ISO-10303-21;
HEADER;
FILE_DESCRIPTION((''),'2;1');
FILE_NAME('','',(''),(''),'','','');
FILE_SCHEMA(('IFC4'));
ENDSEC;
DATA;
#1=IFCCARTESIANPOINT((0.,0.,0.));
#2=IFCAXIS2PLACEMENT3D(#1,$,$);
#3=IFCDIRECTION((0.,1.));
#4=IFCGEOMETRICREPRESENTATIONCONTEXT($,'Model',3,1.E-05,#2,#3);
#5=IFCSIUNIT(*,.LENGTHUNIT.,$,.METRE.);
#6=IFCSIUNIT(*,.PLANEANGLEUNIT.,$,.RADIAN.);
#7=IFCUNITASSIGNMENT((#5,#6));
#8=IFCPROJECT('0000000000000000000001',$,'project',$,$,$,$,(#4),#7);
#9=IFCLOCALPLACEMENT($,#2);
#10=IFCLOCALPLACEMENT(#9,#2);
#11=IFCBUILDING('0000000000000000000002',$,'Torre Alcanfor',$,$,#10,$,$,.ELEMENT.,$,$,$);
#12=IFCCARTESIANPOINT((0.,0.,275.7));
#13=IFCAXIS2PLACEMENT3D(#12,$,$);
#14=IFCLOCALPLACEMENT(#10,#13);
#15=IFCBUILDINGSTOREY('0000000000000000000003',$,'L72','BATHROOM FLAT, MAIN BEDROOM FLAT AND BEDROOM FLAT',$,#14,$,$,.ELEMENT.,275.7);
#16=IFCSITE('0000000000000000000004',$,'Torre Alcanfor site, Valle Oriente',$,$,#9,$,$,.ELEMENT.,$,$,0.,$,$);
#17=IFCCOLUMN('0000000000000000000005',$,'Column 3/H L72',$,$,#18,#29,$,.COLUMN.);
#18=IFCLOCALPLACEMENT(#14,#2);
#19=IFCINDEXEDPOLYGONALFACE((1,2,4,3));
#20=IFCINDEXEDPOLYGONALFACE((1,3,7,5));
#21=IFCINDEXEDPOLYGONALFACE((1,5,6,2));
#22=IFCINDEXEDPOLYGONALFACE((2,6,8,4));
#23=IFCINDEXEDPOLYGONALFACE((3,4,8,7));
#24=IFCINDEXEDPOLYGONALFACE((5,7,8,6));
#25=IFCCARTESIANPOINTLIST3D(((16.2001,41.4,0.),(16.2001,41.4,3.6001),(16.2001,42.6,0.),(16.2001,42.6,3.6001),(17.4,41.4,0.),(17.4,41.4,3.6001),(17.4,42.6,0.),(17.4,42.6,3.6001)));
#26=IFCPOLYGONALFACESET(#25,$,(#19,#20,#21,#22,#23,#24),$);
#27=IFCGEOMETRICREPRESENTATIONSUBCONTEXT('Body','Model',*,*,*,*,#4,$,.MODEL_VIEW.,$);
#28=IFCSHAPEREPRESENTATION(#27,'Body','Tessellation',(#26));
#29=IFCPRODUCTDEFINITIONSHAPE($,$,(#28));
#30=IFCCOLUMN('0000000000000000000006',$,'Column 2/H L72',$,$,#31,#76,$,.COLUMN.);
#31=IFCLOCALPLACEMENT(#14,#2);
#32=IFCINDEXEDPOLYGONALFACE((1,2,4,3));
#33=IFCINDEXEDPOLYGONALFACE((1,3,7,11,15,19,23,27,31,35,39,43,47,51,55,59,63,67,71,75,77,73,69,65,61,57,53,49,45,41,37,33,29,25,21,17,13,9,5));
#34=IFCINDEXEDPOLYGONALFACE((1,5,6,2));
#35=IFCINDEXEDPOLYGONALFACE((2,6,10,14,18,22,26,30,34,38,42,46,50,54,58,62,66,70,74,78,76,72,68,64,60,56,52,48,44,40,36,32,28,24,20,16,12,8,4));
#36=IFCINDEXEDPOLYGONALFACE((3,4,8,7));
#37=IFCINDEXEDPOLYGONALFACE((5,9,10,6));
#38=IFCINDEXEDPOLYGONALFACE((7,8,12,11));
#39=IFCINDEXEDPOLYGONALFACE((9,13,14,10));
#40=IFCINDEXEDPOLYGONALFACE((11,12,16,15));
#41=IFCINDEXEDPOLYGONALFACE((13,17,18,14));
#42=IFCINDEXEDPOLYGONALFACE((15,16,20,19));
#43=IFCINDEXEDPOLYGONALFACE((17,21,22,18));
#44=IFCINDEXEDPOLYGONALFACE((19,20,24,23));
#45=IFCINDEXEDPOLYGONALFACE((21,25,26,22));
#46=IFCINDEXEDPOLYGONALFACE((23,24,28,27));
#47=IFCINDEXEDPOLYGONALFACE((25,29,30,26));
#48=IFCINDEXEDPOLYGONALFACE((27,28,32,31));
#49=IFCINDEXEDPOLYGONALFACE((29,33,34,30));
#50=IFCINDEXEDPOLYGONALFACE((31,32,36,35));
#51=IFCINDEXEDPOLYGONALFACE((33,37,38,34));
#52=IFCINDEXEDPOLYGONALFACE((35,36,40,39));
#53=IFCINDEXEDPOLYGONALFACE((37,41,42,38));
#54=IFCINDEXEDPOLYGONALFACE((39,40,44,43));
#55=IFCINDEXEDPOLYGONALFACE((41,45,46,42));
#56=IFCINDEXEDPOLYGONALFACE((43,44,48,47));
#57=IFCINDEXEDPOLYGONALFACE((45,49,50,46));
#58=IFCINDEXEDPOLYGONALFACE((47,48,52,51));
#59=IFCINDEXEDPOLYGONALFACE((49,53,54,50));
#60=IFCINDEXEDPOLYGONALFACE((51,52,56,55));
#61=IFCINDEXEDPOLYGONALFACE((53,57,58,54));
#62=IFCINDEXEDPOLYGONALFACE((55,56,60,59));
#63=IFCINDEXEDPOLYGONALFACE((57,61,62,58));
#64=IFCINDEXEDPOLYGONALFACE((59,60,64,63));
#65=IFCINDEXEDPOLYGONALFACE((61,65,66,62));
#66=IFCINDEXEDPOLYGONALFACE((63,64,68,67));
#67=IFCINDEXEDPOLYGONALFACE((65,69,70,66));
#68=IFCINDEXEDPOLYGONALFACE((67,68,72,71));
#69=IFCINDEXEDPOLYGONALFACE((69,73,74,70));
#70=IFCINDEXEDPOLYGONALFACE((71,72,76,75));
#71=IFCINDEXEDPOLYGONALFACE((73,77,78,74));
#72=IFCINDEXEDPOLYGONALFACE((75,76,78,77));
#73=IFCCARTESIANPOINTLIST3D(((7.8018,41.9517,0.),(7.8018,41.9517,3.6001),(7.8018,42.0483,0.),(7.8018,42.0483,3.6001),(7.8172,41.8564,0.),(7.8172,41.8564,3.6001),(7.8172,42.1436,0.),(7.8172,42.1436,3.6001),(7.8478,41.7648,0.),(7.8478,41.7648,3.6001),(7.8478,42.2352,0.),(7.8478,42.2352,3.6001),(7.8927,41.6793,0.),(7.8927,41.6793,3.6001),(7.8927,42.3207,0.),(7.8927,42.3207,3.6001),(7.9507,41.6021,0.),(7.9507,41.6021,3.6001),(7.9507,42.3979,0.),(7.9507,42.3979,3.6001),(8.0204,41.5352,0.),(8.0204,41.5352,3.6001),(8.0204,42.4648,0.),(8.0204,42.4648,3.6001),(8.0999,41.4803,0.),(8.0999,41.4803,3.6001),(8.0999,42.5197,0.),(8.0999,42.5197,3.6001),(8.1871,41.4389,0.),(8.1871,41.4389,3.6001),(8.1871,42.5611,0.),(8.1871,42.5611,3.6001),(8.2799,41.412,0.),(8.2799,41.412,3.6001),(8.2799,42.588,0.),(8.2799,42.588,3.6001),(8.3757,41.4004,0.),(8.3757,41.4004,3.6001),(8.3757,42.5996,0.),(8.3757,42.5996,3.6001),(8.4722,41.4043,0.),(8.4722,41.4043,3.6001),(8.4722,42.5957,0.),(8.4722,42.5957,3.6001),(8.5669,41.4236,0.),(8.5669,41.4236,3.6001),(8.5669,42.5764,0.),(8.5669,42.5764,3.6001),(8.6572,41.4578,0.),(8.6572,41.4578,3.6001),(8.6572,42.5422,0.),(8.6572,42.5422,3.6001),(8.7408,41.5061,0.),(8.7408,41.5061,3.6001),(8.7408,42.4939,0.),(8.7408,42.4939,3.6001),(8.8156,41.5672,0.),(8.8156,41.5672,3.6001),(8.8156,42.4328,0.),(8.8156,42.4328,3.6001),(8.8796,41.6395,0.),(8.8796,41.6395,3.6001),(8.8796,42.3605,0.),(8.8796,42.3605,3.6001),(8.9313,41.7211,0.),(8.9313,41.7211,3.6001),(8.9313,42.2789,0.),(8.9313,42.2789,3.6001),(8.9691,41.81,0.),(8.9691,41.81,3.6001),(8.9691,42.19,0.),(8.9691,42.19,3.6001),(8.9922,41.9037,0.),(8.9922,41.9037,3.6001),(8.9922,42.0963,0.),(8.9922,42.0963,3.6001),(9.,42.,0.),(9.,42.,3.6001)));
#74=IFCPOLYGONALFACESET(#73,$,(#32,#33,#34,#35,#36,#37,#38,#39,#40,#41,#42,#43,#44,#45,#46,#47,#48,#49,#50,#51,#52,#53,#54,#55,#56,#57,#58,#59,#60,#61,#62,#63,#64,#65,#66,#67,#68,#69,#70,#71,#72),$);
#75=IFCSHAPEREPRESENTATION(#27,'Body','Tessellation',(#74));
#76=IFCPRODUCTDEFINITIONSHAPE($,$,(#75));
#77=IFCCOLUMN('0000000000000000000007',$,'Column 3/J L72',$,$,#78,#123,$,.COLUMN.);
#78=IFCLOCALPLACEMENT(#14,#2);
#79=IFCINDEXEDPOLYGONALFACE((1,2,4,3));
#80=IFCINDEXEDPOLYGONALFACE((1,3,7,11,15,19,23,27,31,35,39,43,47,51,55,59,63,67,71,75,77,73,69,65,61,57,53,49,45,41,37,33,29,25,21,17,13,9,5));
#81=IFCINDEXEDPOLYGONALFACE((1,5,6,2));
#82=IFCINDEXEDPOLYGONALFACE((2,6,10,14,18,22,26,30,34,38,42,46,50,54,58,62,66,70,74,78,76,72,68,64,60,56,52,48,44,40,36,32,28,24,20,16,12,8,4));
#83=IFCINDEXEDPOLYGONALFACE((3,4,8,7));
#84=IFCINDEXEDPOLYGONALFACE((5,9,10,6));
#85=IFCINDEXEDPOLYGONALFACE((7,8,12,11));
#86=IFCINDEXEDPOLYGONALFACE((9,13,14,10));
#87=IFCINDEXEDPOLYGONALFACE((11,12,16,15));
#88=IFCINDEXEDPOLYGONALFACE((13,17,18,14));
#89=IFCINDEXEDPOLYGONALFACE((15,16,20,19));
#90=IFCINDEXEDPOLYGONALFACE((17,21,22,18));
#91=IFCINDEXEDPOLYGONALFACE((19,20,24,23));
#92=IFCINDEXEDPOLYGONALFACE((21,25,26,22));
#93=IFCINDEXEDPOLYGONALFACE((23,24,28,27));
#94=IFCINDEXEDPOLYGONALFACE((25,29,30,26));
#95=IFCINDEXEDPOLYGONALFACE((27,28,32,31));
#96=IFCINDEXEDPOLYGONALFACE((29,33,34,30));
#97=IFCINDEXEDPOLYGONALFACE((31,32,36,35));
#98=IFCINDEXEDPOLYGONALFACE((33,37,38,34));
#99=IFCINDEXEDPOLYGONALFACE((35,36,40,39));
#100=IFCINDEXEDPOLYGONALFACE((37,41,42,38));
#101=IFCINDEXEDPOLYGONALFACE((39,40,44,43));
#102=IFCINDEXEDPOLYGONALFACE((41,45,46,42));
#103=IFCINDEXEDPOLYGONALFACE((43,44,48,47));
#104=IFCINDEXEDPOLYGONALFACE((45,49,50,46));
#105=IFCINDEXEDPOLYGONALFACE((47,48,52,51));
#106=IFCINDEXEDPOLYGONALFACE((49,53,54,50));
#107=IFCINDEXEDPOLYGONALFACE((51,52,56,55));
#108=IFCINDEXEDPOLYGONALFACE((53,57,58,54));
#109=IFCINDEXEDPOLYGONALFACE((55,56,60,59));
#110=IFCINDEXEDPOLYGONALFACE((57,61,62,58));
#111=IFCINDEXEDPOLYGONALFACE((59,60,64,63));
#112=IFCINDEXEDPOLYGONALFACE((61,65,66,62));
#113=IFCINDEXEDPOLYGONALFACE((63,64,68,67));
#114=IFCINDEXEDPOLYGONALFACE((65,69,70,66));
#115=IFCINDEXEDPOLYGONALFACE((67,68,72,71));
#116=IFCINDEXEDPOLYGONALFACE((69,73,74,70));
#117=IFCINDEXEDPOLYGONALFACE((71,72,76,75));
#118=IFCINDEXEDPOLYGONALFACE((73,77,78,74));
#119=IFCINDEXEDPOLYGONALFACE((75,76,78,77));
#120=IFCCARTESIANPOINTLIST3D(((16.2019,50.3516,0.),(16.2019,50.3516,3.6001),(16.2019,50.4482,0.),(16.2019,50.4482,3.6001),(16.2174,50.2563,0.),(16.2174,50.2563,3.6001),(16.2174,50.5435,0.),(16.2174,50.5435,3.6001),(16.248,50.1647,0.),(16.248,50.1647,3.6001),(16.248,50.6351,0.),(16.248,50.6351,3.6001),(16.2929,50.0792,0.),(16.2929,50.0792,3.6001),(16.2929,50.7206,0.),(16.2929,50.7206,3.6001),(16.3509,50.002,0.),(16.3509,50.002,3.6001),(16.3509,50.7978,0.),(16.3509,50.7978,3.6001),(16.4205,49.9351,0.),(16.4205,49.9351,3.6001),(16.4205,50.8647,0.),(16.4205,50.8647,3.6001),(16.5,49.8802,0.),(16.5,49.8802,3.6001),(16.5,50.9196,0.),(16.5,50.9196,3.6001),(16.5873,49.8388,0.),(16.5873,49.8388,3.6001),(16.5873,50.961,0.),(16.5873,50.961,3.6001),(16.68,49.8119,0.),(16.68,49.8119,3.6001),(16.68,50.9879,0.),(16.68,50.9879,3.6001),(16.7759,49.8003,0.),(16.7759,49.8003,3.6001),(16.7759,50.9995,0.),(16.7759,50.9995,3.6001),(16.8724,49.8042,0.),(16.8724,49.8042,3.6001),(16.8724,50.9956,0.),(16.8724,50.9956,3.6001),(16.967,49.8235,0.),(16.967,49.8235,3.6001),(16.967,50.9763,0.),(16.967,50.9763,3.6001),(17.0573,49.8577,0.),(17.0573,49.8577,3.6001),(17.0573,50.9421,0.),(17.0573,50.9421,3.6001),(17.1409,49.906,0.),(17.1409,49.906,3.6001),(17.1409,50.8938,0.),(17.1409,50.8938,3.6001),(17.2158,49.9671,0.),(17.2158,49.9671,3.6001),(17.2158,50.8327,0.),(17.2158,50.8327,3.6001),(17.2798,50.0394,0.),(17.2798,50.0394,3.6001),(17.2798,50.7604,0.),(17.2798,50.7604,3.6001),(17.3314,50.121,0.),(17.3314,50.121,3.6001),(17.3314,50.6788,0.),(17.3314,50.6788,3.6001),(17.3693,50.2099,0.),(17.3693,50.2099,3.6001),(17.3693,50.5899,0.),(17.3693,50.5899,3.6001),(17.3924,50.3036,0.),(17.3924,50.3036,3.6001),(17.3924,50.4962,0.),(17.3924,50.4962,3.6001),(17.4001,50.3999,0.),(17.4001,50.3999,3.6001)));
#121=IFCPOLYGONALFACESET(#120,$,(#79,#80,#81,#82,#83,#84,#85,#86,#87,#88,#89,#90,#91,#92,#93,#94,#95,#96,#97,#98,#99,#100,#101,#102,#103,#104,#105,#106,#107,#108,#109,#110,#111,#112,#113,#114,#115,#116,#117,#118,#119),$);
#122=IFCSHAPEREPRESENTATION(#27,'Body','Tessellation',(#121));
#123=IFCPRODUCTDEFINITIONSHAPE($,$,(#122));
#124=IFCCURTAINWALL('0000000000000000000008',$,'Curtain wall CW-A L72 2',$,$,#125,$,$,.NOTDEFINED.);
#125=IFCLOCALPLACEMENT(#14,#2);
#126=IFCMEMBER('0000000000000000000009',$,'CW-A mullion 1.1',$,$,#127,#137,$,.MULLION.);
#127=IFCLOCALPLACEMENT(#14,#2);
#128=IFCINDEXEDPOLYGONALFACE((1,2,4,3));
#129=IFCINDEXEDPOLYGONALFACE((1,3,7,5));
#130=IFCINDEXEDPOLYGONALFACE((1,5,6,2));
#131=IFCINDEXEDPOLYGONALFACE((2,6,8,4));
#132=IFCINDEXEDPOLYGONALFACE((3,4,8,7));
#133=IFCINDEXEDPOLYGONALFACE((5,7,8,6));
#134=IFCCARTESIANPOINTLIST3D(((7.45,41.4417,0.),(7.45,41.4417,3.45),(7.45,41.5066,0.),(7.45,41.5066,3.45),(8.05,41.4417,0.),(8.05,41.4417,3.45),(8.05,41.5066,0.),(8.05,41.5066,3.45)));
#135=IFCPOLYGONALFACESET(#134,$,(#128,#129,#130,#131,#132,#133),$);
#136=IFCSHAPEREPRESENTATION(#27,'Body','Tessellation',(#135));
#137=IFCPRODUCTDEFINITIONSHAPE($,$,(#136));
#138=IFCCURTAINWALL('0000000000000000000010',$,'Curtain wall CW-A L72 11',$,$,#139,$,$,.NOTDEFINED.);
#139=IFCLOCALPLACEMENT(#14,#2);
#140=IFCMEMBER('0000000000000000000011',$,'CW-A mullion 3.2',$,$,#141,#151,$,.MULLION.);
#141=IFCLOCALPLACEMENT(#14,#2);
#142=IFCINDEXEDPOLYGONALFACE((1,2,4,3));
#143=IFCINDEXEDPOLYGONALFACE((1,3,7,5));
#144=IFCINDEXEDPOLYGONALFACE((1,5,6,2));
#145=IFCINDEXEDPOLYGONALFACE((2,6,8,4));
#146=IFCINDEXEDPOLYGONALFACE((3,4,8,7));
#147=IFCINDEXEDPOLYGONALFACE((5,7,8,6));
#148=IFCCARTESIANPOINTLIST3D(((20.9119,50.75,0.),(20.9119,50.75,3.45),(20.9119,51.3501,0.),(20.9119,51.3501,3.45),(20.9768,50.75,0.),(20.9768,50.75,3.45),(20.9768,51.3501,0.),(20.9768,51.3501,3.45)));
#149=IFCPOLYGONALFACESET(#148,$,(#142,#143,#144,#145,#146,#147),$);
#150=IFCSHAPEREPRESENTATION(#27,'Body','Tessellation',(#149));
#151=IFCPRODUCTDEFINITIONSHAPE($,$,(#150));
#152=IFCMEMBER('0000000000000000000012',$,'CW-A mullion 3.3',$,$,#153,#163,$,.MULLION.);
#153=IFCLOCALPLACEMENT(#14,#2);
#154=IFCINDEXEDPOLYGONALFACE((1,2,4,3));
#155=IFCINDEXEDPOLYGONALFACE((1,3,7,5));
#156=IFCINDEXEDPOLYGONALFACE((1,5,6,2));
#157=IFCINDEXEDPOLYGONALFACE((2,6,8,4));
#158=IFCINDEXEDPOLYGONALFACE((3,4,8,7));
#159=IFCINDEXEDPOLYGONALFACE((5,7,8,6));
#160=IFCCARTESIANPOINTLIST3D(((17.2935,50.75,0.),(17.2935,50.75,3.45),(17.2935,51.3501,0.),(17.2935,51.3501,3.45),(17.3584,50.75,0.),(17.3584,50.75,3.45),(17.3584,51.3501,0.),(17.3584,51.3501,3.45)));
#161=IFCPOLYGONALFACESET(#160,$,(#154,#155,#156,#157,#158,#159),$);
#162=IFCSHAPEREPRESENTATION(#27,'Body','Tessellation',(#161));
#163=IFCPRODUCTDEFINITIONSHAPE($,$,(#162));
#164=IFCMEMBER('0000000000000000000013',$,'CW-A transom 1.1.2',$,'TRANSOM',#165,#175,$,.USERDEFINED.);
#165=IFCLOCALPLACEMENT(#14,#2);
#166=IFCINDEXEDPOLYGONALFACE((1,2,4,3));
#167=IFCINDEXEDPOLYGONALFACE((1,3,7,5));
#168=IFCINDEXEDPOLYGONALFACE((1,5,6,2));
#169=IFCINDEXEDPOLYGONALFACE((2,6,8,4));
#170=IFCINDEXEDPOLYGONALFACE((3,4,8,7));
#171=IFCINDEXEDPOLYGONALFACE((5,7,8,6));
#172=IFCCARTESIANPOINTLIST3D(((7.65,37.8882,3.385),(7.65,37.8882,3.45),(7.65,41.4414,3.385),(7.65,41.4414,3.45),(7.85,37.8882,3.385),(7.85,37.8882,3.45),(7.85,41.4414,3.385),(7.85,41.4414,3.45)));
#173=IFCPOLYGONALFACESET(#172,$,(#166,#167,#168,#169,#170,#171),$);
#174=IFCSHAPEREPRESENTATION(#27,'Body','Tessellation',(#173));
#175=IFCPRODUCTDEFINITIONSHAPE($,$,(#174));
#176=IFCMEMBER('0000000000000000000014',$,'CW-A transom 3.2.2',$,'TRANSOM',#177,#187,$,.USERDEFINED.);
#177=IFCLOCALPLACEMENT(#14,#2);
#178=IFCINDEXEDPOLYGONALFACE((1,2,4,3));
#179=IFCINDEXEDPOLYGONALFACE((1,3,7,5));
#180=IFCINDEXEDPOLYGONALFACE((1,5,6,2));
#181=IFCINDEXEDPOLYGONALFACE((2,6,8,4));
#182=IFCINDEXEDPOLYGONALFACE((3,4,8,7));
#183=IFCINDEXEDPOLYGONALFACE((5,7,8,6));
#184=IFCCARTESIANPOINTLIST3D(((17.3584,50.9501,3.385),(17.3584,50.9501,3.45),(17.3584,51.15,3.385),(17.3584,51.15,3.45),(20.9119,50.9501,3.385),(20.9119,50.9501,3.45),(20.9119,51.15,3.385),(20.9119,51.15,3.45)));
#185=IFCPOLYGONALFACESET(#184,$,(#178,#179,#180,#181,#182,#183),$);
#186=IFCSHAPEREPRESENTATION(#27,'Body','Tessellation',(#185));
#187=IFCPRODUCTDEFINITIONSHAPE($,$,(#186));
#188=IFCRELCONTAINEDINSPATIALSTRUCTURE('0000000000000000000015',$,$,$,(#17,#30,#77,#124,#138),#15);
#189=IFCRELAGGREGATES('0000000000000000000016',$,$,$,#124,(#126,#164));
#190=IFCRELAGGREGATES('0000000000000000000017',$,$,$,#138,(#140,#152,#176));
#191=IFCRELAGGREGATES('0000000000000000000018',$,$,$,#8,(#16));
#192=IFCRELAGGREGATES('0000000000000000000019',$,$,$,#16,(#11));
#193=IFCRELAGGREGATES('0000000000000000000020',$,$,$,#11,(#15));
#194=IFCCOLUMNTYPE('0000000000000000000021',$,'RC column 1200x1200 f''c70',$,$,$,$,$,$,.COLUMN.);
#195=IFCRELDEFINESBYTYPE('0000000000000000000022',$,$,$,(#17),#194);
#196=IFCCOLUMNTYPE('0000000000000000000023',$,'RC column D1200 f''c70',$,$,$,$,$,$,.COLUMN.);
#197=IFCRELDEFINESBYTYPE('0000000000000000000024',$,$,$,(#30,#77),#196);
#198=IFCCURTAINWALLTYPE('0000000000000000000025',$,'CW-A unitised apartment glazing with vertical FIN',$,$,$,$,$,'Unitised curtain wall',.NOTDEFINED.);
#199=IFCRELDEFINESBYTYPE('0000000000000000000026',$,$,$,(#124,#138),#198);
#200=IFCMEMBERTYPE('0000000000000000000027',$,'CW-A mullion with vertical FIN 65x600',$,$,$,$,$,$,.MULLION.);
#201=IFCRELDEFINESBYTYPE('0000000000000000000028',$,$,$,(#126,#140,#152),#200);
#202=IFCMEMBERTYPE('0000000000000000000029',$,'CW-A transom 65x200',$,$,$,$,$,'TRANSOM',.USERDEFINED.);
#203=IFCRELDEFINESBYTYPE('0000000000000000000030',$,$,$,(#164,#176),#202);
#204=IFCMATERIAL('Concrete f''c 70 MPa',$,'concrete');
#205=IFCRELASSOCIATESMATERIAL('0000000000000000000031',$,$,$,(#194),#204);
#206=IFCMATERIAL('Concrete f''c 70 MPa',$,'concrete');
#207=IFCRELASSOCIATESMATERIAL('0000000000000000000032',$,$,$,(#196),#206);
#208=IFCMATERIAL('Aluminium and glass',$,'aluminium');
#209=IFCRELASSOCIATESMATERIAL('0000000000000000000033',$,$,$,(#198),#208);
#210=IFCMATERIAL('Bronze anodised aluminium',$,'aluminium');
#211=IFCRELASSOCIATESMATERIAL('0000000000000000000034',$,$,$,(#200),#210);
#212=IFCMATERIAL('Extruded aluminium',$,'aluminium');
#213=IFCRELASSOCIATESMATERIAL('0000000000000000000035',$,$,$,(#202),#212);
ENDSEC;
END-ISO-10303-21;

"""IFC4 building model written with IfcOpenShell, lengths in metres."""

from ifc_helpers import new_model, si_unit, direction, frame, origin, origin_2d, place, context, subcontext, project, spatial, rectangle, circle, extrude, material, material_profile, profile_set, type_object, element, aggregate, save


model = new_model("IFC4")

# Units and contexts
model_context = context("Model", 3, precision=1e-05, world=origin(), true_north=direction((0.0, 1.0)))
body_context = subcontext(model_context, "Body", "Model", "MODEL_VIEW")
ifc_project = project(units=[si_unit("LENGTHUNIT", "METRE"), si_unit("PLANEANGLEUNIT", "RADIAN")], contexts=[model_context])

# Site, building, storey
site_placement = place(None, origin())
site = spatial("IfcSite", under=ifc_project, at=site_placement, Name="Torre Alcanfor site, Valle Oriente", CompositionType="ELEMENT", RefElevation=0.0)
building_placement = place(site_placement, origin())
building = spatial("IfcBuilding", under=site, at=building_placement, Name="Torre Alcanfor", CompositionType="ELEMENT")
storey_placement = place(building_placement, frame((0.0, 0.0, 275.7)))
storey = spatial("IfcBuildingStorey", under=building, at=storey_placement, Name="L72", Description="BATHROOM FLAT, MAIN BEDROOM FLAT AND BEDROOM FLAT", CompositionType="ELEMENT", Elevation=275.7)

# Columns
ifc_material_1 = material(Name="Concrete f'c 70 MPa", Category="concrete")
ifc_material_profile_1 = material_profile(ifc_material_1, rectangle(XDim=1.2, YDim=1.2, at=origin_2d()), Name="1200x1200")
ifc_profile_set_1 = profile_set([ifc_material_profile_1], Name="Concrete f'c 70 MPa")
column_type_1 = type_object("IfcColumnType", Name="RC column 1200x1200 f'c70", PredefinedType="COLUMN", material=ifc_profile_set_1)
column_placement = place(storey_placement, frame((16.8, 42.0, 0.0), z_axis=(0.0, 0.0, 1.0), x_axis=(1.0, 0.0, 0.0)))
element("IfcColumn", 1, at=column_placement, inside=storey, type_object=column_type_1, Name="Column 3/H L72", PredefinedType="COLUMN", context=body_context, shape_type="SweptSolid", body=[
    extrude(rectangle(XDim=1.2, YDim=1.2, at=origin_2d()), origin(), (0.0, 0.0, 1.0), 3.6001),
])
ifc_material_2 = material(Name="Concrete f'c 70 MPa", Category="concrete")
ifc_material_profile_2 = material_profile(ifc_material_2, circle(Radius=0.6001, at=origin_2d()), Name="D1200")
ifc_profile_set_2 = profile_set([ifc_material_profile_2], Name="Concrete f'c 70 MPa")
column_type_2 = type_object("IfcColumnType", Name="RC column D1200 f'c70", PredefinedType="COLUMN", material=ifc_profile_set_2)
for number, where, z_axis, x_axis, name in (
    (2, (8.3999, 42.0, 0.0), (0.0, 0.0, 1.0), (1.0, 0.0, 0.0), "Column 2/H L72"),
    (3, (16.8, 50.3999, 0.0), (0.0, 0.0, 1.0), (1.0, 0.0, 0.0), "Column 3/J L72"),
):
    element("IfcColumn", number, at=place(storey_placement, frame(where, z_axis=z_axis, x_axis=x_axis)), inside=storey, type_object=column_type_2, Name=name, PredefinedType="COLUMN", context=body_context, shape_type="SweptSolid", body=[
        extrude(circle(Radius=0.6001, at=origin_2d()), origin(), (0.0, 0.0, 1.0), 3.6001),
    ])

# Curtain wall, member
ifc_material_3 = material(Name="Aluminium and glass", Category="aluminium")
curtain_wall_type = type_object("IfcCurtainWallType", Name="CW-A unitised apartment glazing with vertical FIN", ElementType="Unitised curtain wall", PredefinedType="NOTDEFINED", material=ifc_material_3)
curtain_wall_1_placement = place(storey_placement, origin())
curtain_wall_1 = element("IfcCurtainWall", 4, at=curtain_wall_1_placement, inside=storey, type_object=curtain_wall_type, Name="Curtain wall CW-A L72 2", PredefinedType="NOTDEFINED")
ifc_material_4 = material(Name="Bronze anodised aluminium", Category="aluminium")
ifc_material_profile_3 = material_profile(ifc_material_4, rectangle(XDim=0.6001, YDim=0.0649, at=origin_2d()), Name="CW-A mullion 65x600")
ifc_profile_set_3 = profile_set([ifc_material_profile_3], Name="Bronze anodised aluminium")
member_type_1 = type_object("IfcMemberType", Name="CW-A mullion with vertical FIN 65x600", PredefinedType="MULLION", material=ifc_profile_set_3)
member_1_placement = place(storey_placement, frame((7.75, 41.4741, 0.0), z_axis=(0.0, 0.0, 1.0), x_axis=(1.0, 0.0, 0.0)))
member_1 = element("IfcMember", 5, at=member_1_placement, type_object=member_type_1, Name="CW-A mullion 1.1", PredefinedType="MULLION", context=body_context, shape_type="SweptSolid", body=[
    extrude(rectangle(XDim=0.6001, YDim=0.0649, at=origin_2d()), origin(), (0.0, 0.0, 1.0), 3.45),
])

# Curtain wall, members
curtain_wall_2_placement = place(storey_placement, origin())
curtain_wall_2 = element("IfcCurtainWall", 6, at=curtain_wall_2_placement, inside=storey, type_object=curtain_wall_type, Name="Curtain wall CW-A L72 11", PredefinedType="NOTDEFINED")
member_2_placement = place(storey_placement, frame((20.9443, 51.05, 0.0), z_axis=(0.0, 0.0, 1.0), x_axis=(0.0, -1.0, 0.0)))
member_2 = element("IfcMember", 7, at=member_2_placement, type_object=member_type_1, Name="CW-A mullion 3.2", PredefinedType="MULLION", context=body_context, shape_type="SweptSolid", body=[
    extrude(rectangle(XDim=0.6001, YDim=0.0649, at=origin_2d()), origin(), (0.0, 0.0, 1.0), 3.45),
])
member_3_placement = place(storey_placement, frame((17.3259, 51.05, 0.0), z_axis=(0.0, 0.0, 1.0), x_axis=(0.0, -1.0, 0.0)))
member_3 = element("IfcMember", 8, at=member_3_placement, type_object=member_type_1, Name="CW-A mullion 3.3", PredefinedType="MULLION", context=body_context, shape_type="SweptSolid", body=[
    extrude(rectangle(XDim=0.6001, YDim=0.0649, at=origin_2d()), origin(), (0.0, 0.0, 1.0), 3.45),
])

# Members
ifc_material_5 = material(Name="Extruded aluminium", Category="aluminium")
ifc_material_profile_4 = material_profile(ifc_material_5, rectangle(XDim=0.2, YDim=0.0649, at=origin_2d()), Name="CW-A transom 200x65")
ifc_profile_set_4 = profile_set([ifc_material_profile_4], Name="Extruded aluminium")
member_type_2 = type_object("IfcMemberType", Name="CW-A transom 65x200", ElementType="TRANSOM", PredefinedType="USERDEFINED", material=ifc_profile_set_4)
member_4_placement = place(storey_placement, frame((7.75, 41.4414, 3.4175), z_axis=(0.0, -1.0, 0.0), x_axis=(1.0, 0.0, 0.0)))
member_4 = element("IfcMember", 9, at=member_4_placement, type_object=member_type_2, Name="CW-A transom 1.1.2", ObjectType="TRANSOM", PredefinedType="USERDEFINED", context=body_context, shape_type="SweptSolid", body=[
    extrude(rectangle(XDim=0.2, YDim=0.0649, at=origin_2d()), origin(), (0.0, 0.0, 1.0), 3.5532),
])
aggregate(curtain_wall_1, [member_1, member_4])
member_5_placement = place(storey_placement, frame((20.9119, 51.05, 3.4175), z_axis=(-1.0, 0.0, 0.0), x_axis=(0.0, -1.0, 0.0)))
member_5 = element("IfcMember", 10, at=member_5_placement, type_object=member_type_2, Name="CW-A transom 3.2.2", ObjectType="TRANSOM", PredefinedType="USERDEFINED", context=body_context, shape_type="SweptSolid", body=[
    extrude(rectangle(XDim=0.2, YDim=0.0649, at=origin_2d()), origin(), (0.0, 0.0, 1.0), 3.5535),
])

aggregate(curtain_wall_2, [member_2, member_3, member_5])

save(model, "model.ifc")
